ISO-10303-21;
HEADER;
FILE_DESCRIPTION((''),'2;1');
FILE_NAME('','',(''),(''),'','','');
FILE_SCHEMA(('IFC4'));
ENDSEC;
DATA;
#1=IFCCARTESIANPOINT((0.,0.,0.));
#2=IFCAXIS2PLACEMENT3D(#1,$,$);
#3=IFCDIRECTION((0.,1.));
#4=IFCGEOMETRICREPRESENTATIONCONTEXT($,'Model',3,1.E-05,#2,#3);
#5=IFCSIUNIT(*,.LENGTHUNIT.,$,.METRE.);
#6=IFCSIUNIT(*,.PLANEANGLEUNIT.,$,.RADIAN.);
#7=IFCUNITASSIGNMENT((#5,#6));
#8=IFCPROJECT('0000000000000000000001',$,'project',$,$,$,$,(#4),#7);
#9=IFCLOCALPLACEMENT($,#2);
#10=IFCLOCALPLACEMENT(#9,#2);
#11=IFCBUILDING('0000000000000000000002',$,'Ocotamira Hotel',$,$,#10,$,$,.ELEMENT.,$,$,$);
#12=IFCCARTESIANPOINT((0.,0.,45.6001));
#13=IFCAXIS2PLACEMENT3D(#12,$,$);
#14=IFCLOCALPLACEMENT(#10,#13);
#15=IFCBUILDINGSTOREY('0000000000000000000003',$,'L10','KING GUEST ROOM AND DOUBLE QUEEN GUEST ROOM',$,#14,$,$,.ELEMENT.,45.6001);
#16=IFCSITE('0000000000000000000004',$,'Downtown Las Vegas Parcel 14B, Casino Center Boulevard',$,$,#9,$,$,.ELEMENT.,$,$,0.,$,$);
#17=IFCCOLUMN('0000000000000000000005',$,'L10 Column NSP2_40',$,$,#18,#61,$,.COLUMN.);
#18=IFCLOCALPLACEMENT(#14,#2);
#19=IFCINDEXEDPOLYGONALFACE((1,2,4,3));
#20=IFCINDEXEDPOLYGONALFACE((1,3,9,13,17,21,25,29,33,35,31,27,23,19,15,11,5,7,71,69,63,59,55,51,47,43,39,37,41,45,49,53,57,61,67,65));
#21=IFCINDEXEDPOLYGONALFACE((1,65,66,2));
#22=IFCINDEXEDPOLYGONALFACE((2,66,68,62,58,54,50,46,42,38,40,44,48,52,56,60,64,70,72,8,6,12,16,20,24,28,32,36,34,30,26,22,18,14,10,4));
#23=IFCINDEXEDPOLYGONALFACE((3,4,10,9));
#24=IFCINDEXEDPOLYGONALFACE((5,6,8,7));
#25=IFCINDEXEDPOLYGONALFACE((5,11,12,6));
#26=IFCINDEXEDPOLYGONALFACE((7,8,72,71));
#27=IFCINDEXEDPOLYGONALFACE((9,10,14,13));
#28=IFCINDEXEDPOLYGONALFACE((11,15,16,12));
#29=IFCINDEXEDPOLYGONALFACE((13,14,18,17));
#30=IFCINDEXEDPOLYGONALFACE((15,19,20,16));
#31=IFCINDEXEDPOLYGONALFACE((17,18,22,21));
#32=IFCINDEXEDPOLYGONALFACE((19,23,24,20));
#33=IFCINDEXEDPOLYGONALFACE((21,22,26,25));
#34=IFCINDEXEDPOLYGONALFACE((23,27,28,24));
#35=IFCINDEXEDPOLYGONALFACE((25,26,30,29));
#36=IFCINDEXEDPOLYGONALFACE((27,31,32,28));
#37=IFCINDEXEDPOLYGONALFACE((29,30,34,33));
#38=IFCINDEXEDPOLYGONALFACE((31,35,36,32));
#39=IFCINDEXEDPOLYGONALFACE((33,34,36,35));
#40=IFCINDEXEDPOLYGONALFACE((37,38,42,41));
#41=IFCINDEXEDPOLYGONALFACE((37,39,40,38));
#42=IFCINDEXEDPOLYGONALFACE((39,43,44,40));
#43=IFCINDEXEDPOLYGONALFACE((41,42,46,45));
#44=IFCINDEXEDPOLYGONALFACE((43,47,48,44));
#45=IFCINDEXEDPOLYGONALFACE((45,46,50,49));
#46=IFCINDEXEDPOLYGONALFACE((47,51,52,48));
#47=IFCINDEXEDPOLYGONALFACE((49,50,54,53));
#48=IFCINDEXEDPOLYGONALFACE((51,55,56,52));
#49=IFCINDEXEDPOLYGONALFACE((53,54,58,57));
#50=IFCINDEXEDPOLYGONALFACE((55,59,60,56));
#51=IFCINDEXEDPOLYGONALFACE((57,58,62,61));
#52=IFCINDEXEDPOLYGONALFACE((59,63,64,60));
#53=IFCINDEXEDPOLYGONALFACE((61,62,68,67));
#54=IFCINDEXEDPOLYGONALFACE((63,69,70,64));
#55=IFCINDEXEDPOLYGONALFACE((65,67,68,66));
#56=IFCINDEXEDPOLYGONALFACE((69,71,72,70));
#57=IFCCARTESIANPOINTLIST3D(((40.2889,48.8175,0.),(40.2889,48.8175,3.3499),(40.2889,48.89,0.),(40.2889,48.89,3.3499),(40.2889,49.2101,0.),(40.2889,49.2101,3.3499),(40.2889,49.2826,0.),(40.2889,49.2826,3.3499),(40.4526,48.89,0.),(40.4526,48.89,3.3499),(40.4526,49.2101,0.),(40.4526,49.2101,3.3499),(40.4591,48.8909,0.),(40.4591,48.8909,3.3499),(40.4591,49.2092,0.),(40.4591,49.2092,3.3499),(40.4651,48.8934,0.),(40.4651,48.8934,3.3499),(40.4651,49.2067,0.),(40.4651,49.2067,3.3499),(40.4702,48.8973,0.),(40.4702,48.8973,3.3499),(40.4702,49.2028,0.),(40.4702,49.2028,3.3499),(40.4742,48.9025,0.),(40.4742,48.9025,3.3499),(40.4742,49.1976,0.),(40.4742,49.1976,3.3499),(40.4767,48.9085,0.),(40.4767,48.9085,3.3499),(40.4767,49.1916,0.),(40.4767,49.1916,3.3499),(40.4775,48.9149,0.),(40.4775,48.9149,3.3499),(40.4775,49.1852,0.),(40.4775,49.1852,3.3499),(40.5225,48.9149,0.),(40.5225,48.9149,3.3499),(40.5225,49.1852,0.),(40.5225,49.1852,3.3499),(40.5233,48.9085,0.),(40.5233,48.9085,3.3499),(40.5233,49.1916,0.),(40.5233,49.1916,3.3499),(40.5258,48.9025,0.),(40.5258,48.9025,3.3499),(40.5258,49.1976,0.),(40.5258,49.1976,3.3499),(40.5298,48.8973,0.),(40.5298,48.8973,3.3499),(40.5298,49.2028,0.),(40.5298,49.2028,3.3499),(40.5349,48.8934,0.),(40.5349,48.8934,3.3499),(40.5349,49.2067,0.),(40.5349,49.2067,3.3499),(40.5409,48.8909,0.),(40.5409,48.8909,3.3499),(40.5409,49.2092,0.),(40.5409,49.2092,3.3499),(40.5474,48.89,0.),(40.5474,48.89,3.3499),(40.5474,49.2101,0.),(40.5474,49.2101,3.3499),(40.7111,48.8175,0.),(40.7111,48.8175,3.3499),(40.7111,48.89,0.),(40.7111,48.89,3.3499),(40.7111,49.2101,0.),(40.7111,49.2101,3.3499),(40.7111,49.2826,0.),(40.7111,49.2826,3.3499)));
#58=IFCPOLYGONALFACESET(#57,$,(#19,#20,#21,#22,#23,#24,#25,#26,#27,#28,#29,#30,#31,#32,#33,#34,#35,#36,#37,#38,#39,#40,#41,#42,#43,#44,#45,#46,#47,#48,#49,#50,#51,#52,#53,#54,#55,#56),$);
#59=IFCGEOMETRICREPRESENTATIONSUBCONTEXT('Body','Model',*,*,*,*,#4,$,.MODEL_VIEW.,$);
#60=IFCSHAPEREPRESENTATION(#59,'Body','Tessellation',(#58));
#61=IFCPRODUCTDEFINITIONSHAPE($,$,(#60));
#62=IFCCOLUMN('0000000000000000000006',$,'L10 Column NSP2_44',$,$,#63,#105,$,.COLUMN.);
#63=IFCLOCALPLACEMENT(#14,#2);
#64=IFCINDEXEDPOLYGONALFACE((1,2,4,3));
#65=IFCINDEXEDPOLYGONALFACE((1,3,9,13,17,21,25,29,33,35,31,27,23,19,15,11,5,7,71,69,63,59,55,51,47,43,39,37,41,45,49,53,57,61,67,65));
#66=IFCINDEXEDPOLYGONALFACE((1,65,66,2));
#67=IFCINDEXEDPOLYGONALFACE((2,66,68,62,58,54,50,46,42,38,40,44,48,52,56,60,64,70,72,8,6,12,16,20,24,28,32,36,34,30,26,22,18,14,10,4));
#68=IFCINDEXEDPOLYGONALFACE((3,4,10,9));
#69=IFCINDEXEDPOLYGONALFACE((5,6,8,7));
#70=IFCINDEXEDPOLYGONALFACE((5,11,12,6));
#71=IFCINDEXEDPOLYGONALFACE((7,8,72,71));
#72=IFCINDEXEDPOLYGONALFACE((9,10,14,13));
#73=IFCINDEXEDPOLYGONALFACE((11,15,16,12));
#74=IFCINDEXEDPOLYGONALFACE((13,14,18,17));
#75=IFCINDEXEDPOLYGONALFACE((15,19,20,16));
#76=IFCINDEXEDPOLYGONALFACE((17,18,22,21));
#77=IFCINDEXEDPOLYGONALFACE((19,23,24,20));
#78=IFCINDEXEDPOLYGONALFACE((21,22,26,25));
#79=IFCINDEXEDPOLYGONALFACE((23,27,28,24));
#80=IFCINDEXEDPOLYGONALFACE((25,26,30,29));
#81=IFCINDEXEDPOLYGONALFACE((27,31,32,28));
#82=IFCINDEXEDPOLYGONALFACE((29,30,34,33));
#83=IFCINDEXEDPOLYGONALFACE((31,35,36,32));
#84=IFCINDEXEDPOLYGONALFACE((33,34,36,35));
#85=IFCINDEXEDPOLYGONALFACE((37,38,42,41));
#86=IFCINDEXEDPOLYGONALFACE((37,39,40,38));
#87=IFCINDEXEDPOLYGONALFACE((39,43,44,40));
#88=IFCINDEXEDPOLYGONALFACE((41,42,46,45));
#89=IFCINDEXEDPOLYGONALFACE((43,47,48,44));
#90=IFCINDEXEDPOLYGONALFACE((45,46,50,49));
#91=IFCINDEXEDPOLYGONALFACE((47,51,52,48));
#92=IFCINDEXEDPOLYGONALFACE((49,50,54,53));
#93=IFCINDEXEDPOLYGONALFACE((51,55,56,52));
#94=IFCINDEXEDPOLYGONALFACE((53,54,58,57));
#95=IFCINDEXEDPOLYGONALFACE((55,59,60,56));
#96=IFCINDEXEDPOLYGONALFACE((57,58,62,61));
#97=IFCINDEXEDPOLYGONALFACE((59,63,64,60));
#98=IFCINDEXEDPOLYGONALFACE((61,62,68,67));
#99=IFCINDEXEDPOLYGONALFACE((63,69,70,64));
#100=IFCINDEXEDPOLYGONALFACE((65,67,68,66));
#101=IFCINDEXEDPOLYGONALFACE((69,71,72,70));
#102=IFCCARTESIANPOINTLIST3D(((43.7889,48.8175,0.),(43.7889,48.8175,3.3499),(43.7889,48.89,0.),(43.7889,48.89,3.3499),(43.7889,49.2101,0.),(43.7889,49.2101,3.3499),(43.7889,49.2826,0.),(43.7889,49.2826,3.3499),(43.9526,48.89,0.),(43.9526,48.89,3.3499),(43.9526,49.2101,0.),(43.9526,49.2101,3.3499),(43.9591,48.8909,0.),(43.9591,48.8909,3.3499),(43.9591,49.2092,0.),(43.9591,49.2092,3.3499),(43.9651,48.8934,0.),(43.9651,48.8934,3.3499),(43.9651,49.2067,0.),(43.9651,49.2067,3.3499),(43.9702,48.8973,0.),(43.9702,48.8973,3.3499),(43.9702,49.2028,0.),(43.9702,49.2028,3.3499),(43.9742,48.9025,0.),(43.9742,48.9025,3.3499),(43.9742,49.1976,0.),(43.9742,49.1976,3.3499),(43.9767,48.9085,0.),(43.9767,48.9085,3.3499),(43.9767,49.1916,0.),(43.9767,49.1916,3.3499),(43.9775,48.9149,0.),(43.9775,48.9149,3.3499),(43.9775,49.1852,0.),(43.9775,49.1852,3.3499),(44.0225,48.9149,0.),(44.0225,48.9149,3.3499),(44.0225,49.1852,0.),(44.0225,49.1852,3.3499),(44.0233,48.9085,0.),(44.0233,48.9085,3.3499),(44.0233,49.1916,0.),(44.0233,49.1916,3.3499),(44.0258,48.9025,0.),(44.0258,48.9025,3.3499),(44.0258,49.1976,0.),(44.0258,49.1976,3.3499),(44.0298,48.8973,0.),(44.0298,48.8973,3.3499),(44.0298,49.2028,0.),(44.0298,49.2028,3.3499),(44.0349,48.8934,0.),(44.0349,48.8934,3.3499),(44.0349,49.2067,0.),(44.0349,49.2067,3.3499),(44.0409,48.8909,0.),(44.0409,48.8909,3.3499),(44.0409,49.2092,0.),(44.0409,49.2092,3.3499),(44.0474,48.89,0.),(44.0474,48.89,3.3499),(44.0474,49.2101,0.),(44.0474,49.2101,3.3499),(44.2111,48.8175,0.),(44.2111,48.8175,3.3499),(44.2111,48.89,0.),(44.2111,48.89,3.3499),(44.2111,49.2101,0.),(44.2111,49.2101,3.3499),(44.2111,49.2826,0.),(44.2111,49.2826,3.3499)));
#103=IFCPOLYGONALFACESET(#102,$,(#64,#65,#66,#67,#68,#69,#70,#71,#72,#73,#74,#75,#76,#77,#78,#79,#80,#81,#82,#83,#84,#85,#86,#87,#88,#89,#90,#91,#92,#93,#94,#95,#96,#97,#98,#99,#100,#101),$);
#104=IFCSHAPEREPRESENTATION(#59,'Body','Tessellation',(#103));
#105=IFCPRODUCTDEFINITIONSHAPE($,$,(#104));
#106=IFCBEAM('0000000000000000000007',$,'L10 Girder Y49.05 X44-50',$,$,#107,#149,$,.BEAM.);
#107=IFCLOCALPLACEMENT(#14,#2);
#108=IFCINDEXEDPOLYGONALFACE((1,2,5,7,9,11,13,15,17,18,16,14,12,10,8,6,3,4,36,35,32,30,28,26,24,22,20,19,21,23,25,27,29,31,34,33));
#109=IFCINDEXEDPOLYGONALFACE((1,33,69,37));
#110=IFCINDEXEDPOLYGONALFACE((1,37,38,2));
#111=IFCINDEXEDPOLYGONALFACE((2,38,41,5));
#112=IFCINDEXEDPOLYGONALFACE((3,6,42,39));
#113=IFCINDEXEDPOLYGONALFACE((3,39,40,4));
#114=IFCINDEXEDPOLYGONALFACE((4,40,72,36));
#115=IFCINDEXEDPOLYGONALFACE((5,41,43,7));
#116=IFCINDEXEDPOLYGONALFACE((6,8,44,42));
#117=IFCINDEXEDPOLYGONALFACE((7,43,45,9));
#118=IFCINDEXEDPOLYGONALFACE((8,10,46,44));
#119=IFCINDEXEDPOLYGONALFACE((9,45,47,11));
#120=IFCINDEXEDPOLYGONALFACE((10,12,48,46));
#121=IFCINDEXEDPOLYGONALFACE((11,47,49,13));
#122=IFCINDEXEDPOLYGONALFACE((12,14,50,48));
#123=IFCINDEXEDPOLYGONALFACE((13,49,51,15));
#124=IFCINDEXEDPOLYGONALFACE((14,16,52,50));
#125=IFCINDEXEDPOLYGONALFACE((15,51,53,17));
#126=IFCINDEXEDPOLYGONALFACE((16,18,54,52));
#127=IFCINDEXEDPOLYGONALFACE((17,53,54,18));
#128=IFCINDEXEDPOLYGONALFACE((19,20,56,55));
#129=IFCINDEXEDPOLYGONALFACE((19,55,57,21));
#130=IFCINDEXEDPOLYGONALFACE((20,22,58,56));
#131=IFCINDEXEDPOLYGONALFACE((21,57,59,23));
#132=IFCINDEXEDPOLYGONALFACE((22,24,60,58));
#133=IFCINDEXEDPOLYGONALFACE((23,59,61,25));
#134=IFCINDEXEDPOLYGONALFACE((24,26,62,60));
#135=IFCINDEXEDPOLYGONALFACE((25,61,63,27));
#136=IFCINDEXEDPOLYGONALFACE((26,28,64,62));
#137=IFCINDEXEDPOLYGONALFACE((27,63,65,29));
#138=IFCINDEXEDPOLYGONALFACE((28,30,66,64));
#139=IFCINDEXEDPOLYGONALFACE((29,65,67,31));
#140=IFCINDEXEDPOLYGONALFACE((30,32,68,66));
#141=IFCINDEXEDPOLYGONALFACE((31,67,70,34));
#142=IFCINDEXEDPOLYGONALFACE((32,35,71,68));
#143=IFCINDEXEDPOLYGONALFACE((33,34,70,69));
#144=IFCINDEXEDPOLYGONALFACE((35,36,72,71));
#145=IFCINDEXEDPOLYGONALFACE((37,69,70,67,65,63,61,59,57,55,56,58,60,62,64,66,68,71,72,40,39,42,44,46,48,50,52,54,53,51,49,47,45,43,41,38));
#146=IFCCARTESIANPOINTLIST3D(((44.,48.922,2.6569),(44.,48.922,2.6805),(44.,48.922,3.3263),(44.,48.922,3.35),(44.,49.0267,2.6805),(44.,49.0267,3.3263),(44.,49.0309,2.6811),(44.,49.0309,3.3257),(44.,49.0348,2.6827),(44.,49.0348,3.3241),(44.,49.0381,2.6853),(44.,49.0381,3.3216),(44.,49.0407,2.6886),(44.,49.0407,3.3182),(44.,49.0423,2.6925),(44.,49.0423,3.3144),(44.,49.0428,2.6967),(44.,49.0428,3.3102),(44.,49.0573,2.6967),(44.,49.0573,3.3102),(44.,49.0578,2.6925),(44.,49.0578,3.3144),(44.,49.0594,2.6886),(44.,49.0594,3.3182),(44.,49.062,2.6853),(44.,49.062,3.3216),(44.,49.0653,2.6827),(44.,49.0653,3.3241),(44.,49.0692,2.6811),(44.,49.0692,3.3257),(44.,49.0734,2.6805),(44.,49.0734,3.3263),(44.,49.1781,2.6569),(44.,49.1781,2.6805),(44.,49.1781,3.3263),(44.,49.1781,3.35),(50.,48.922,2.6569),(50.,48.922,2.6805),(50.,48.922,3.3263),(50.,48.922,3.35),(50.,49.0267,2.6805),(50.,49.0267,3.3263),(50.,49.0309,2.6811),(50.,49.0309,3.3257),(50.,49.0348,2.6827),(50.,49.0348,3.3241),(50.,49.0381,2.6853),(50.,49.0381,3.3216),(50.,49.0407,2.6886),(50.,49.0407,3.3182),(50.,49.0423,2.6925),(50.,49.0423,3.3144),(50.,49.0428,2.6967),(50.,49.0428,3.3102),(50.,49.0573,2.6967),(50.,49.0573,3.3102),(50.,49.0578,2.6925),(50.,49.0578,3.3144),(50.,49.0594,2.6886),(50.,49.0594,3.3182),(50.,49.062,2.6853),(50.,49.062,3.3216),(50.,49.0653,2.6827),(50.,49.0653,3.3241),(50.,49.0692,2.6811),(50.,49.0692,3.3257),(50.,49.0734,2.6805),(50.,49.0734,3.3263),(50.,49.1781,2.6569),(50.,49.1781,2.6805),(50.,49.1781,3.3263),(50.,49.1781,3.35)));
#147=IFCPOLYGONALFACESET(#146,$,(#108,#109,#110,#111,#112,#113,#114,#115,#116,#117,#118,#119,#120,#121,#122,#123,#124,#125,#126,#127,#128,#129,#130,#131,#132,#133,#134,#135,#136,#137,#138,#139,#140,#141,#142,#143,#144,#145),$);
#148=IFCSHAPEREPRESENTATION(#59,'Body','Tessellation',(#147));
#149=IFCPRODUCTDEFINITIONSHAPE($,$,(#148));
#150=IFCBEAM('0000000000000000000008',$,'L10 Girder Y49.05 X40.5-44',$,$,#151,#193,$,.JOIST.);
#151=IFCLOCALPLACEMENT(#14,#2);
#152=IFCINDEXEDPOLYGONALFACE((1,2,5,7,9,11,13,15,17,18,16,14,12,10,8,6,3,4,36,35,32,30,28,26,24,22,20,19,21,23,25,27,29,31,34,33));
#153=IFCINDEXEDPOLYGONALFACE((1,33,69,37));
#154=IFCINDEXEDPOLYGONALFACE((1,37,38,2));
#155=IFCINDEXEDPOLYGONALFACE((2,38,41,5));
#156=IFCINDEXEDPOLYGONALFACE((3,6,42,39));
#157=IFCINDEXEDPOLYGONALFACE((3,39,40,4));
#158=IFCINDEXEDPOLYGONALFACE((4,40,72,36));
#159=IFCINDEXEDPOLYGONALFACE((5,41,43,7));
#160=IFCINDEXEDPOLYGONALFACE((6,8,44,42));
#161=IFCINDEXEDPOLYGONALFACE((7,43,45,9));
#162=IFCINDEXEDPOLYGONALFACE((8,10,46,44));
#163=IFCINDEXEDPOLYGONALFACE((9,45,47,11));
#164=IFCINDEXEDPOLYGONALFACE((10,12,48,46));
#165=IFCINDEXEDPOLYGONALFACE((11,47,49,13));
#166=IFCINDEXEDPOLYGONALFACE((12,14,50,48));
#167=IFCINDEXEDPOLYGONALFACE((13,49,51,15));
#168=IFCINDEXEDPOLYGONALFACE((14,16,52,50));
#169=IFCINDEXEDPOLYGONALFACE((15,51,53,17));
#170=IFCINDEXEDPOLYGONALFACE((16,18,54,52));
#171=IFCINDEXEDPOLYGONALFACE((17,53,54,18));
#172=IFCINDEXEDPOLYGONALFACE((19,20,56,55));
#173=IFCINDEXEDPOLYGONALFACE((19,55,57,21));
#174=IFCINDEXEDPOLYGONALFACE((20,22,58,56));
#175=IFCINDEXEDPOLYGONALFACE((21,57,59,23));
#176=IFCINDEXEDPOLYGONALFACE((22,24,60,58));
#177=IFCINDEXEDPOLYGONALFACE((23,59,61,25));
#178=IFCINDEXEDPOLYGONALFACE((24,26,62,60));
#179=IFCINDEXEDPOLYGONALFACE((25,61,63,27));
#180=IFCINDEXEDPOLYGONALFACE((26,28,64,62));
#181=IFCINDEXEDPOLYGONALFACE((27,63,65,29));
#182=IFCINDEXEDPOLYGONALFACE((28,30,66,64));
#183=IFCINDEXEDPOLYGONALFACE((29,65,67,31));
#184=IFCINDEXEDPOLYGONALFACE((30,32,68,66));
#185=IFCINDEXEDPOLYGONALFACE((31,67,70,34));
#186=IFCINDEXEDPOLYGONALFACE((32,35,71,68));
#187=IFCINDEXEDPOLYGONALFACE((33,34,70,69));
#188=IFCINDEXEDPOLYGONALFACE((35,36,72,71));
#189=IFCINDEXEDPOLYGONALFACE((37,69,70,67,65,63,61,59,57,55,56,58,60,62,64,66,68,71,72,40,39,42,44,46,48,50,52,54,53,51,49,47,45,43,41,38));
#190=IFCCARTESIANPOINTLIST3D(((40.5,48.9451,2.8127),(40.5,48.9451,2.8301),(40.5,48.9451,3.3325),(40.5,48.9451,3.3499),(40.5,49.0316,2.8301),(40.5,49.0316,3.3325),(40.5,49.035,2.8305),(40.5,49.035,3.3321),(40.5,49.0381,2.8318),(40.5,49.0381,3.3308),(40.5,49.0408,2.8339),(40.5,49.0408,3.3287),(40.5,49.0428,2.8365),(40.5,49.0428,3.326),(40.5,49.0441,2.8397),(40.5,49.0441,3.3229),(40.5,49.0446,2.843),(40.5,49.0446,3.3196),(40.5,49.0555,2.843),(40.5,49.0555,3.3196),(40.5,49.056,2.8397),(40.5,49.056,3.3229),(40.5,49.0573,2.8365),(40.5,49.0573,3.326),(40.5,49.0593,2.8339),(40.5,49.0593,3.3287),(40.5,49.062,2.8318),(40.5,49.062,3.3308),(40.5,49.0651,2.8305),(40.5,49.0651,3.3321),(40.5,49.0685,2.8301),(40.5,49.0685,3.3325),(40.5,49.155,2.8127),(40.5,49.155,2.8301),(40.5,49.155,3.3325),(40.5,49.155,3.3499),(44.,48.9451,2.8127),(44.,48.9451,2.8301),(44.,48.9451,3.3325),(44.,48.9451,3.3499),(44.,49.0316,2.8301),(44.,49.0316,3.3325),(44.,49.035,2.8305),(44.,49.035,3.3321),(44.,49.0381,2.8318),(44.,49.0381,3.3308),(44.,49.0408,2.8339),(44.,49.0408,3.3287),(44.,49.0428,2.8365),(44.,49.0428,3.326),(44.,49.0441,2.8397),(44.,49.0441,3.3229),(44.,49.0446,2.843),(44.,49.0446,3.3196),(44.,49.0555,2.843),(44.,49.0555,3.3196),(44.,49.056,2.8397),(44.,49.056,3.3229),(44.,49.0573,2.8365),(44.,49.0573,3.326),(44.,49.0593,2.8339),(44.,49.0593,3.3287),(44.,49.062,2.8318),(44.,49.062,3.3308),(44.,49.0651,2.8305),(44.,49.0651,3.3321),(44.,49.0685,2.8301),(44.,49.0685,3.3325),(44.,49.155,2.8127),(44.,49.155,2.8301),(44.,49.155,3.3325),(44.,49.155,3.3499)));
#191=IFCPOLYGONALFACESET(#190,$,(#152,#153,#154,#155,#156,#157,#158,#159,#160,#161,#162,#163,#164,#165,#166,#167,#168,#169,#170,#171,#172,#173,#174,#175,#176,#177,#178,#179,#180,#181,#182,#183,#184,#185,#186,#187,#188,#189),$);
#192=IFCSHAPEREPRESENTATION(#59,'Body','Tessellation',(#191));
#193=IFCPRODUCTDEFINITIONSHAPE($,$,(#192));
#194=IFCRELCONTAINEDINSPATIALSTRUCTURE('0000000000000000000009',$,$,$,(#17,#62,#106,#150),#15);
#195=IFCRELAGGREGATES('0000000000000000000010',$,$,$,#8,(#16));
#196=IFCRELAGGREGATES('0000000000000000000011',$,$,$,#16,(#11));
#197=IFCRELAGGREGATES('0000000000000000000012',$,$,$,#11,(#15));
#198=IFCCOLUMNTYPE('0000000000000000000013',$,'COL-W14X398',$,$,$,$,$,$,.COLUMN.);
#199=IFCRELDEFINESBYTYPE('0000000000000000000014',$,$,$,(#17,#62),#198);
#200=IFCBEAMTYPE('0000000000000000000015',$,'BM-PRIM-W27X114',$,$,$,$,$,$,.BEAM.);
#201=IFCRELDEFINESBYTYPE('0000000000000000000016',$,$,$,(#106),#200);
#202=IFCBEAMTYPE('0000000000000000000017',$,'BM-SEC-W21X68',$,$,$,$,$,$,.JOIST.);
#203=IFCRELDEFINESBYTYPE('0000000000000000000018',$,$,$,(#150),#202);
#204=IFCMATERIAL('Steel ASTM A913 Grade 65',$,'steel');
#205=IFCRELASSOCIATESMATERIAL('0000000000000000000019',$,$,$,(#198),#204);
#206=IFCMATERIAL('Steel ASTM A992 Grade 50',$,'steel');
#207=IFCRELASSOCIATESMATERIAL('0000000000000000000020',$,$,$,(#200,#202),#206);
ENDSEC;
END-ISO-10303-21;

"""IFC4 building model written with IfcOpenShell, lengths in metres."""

from ifc_helpers import new_model, si_unit, direction, frame, origin, origin_2d, place, context, subcontext, project, spatial, i_section, extrude, source, transform, mapped, material, material_profile, profile_set, type_object, element, save


model = new_model("IFC4")

# Units and contexts
model_context = context("Model", 3, precision=1e-05, world=origin(), true_north=direction((0.0, 1.0)))
body_context = subcontext(model_context, "Body", "Model", "MODEL_VIEW")
ifc_project = project(units=[si_unit("LENGTHUNIT", "METRE"), si_unit("PLANEANGLEUNIT", "RADIAN")], contexts=[model_context])

# Site, building, storey
site_placement = place(None, origin())
site = spatial("IfcSite", under=ifc_project, at=site_placement, Name="Downtown Las Vegas Parcel 14B, Casino Center Boulevard", CompositionType="ELEMENT", RefElevation=0.0)
building_placement = place(site_placement, origin())
building = spatial("IfcBuilding", under=site, at=building_placement, Name="Ocotamira Hotel", CompositionType="ELEMENT")
storey_placement = place(building_placement, frame((0.0, 0.0, 45.6001)))
storey = spatial("IfcBuildingStorey", under=building, at=storey_placement, Name="L10", Description="KING GUEST ROOM AND DOUBLE QUEEN GUEST ROOM", CompositionType="ELEMENT", Elevation=45.6001)

# Columns
ifc_material_1 = material(Name="Steel ASTM A913 Grade 65", Category="steel")
ifc_material_profile_1 = material_profile(ifc_material_1, i_section(OverallWidth=0.4221, OverallDepth=0.4651, WebThickness=0.0449, FlangeThickness=0.0725, FilletRadius=0.0249, at=origin_2d()), Name="W14X398")
ifc_profile_set_1 = profile_set([ifc_material_profile_1], Name="Steel ASTM A913 Grade 65")
column_type = type_object("IfcColumnType", Name="COL-W14X398", PredefinedType="COLUMN", material=ifc_profile_set_1)
shared_shape_1 = source(origin(), body_context, "Body", "SweptSolid", [
    extrude(i_section(OverallWidth=0.4221, OverallDepth=0.4651, WebThickness=0.0449, FlangeThickness=0.0725, FilletRadius=0.0249, at=origin_2d()), origin(), (0.0, 0.0, 1.0), 3.3499),
])
for number, where, z_axis, x_axis, name in (
    (1, (40.5, 49.05, 0.0), (0.0, 0.0, 1.0), (1.0, 0.0, 0.0), "L10 Column NSP2_40"),
    (2, (44.0, 49.05, 0.0), (0.0, 0.0, 1.0), (1.0, 0.0, 0.0), "L10 Column NSP2_44"),
):
    element("IfcColumn", number, at=place(storey_placement, frame(where, z_axis=z_axis, x_axis=x_axis)), inside=storey, type_object=column_type, Name=name, PredefinedType="COLUMN", context=body_context, shape_type="MappedRepresentation", body=[
        mapped(shared_shape_1, transform((0.0, 0.0, 0.0), scale=1.0)),
    ])

# Beams
ifc_material_2 = material(Name="Steel ASTM A992 Grade 50", Category="steel")
ifc_material_profile_2 = material_profile(ifc_material_2, i_section(OverallWidth=0.2561, OverallDepth=0.6931, WebThickness=0.0144, FlangeThickness=0.0237, FilletRadius=0.0161, at=origin_2d()), Name="W27X114")
ifc_profile_set_2 = profile_set([ifc_material_profile_2], Name="Steel ASTM A992 Grade 50")
beam_type_1 = type_object("IfcBeamType", Name="BM-PRIM-W27X114", PredefinedType="BEAM", material=ifc_profile_set_2)
shared_shape_2 = source(origin(), body_context, "Body", "SweptSolid", [
    extrude(i_section(OverallWidth=0.2561, OverallDepth=0.6931, WebThickness=0.0144, FlangeThickness=0.0237, FilletRadius=0.0161, at=origin_2d()), origin(), (0.0, 0.0, 1.0), 6.0),
])
beam_1_placement = place(storey_placement, frame((44.0, 49.05, 3.0034), z_axis=(1.0, 0.0, 0.0), x_axis=(0.0, 1.0, 0.0)))
element("IfcBeam", 3, at=beam_1_placement, inside=storey, type_object=beam_type_1, Name="L10 Girder Y49.05 X44-50", PredefinedType="BEAM", context=body_context, shape_type="MappedRepresentation", body=[
    mapped(shared_shape_2, transform((0.0, 0.0, 0.0), scale=1.0)),
])
ifc_material_profile_3 = material_profile(ifc_material_2, i_section(OverallWidth=0.21, OverallDepth=0.5371, WebThickness=0.011, FlangeThickness=0.0173, FilletRadius=0.0129, at=origin_2d()), Name="W21X68")
ifc_profile_set_3 = profile_set([ifc_material_profile_3], Name="Steel ASTM A992 Grade 50")
beam_type_2 = type_object("IfcBeamType", Name="BM-SEC-W21X68", PredefinedType="JOIST", material=ifc_profile_set_3)
shared_shape_3 = source(origin(), body_context, "Body", "SweptSolid", [
    extrude(i_section(OverallWidth=0.21, OverallDepth=0.5371, WebThickness=0.011, FlangeThickness=0.0173, FilletRadius=0.0129, at=origin_2d()), origin(), (0.0, 0.0, 1.0), 3.5),
])
beam_2_placement = place(storey_placement, frame((40.5, 49.05, 3.0813), z_axis=(1.0, 0.0, 0.0), x_axis=(0.0, 1.0, 0.0)))
element("IfcBeam", 4, at=beam_2_placement, inside=storey, type_object=beam_type_2, Name="L10 Girder Y49.05 X40.5-44", PredefinedType="JOIST", context=body_context, shape_type="MappedRepresentation", body=[
    mapped(shared_shape_3, transform((0.0, 0.0, 0.0), scale=1.0)),
])

save(model, "model.ifc")
